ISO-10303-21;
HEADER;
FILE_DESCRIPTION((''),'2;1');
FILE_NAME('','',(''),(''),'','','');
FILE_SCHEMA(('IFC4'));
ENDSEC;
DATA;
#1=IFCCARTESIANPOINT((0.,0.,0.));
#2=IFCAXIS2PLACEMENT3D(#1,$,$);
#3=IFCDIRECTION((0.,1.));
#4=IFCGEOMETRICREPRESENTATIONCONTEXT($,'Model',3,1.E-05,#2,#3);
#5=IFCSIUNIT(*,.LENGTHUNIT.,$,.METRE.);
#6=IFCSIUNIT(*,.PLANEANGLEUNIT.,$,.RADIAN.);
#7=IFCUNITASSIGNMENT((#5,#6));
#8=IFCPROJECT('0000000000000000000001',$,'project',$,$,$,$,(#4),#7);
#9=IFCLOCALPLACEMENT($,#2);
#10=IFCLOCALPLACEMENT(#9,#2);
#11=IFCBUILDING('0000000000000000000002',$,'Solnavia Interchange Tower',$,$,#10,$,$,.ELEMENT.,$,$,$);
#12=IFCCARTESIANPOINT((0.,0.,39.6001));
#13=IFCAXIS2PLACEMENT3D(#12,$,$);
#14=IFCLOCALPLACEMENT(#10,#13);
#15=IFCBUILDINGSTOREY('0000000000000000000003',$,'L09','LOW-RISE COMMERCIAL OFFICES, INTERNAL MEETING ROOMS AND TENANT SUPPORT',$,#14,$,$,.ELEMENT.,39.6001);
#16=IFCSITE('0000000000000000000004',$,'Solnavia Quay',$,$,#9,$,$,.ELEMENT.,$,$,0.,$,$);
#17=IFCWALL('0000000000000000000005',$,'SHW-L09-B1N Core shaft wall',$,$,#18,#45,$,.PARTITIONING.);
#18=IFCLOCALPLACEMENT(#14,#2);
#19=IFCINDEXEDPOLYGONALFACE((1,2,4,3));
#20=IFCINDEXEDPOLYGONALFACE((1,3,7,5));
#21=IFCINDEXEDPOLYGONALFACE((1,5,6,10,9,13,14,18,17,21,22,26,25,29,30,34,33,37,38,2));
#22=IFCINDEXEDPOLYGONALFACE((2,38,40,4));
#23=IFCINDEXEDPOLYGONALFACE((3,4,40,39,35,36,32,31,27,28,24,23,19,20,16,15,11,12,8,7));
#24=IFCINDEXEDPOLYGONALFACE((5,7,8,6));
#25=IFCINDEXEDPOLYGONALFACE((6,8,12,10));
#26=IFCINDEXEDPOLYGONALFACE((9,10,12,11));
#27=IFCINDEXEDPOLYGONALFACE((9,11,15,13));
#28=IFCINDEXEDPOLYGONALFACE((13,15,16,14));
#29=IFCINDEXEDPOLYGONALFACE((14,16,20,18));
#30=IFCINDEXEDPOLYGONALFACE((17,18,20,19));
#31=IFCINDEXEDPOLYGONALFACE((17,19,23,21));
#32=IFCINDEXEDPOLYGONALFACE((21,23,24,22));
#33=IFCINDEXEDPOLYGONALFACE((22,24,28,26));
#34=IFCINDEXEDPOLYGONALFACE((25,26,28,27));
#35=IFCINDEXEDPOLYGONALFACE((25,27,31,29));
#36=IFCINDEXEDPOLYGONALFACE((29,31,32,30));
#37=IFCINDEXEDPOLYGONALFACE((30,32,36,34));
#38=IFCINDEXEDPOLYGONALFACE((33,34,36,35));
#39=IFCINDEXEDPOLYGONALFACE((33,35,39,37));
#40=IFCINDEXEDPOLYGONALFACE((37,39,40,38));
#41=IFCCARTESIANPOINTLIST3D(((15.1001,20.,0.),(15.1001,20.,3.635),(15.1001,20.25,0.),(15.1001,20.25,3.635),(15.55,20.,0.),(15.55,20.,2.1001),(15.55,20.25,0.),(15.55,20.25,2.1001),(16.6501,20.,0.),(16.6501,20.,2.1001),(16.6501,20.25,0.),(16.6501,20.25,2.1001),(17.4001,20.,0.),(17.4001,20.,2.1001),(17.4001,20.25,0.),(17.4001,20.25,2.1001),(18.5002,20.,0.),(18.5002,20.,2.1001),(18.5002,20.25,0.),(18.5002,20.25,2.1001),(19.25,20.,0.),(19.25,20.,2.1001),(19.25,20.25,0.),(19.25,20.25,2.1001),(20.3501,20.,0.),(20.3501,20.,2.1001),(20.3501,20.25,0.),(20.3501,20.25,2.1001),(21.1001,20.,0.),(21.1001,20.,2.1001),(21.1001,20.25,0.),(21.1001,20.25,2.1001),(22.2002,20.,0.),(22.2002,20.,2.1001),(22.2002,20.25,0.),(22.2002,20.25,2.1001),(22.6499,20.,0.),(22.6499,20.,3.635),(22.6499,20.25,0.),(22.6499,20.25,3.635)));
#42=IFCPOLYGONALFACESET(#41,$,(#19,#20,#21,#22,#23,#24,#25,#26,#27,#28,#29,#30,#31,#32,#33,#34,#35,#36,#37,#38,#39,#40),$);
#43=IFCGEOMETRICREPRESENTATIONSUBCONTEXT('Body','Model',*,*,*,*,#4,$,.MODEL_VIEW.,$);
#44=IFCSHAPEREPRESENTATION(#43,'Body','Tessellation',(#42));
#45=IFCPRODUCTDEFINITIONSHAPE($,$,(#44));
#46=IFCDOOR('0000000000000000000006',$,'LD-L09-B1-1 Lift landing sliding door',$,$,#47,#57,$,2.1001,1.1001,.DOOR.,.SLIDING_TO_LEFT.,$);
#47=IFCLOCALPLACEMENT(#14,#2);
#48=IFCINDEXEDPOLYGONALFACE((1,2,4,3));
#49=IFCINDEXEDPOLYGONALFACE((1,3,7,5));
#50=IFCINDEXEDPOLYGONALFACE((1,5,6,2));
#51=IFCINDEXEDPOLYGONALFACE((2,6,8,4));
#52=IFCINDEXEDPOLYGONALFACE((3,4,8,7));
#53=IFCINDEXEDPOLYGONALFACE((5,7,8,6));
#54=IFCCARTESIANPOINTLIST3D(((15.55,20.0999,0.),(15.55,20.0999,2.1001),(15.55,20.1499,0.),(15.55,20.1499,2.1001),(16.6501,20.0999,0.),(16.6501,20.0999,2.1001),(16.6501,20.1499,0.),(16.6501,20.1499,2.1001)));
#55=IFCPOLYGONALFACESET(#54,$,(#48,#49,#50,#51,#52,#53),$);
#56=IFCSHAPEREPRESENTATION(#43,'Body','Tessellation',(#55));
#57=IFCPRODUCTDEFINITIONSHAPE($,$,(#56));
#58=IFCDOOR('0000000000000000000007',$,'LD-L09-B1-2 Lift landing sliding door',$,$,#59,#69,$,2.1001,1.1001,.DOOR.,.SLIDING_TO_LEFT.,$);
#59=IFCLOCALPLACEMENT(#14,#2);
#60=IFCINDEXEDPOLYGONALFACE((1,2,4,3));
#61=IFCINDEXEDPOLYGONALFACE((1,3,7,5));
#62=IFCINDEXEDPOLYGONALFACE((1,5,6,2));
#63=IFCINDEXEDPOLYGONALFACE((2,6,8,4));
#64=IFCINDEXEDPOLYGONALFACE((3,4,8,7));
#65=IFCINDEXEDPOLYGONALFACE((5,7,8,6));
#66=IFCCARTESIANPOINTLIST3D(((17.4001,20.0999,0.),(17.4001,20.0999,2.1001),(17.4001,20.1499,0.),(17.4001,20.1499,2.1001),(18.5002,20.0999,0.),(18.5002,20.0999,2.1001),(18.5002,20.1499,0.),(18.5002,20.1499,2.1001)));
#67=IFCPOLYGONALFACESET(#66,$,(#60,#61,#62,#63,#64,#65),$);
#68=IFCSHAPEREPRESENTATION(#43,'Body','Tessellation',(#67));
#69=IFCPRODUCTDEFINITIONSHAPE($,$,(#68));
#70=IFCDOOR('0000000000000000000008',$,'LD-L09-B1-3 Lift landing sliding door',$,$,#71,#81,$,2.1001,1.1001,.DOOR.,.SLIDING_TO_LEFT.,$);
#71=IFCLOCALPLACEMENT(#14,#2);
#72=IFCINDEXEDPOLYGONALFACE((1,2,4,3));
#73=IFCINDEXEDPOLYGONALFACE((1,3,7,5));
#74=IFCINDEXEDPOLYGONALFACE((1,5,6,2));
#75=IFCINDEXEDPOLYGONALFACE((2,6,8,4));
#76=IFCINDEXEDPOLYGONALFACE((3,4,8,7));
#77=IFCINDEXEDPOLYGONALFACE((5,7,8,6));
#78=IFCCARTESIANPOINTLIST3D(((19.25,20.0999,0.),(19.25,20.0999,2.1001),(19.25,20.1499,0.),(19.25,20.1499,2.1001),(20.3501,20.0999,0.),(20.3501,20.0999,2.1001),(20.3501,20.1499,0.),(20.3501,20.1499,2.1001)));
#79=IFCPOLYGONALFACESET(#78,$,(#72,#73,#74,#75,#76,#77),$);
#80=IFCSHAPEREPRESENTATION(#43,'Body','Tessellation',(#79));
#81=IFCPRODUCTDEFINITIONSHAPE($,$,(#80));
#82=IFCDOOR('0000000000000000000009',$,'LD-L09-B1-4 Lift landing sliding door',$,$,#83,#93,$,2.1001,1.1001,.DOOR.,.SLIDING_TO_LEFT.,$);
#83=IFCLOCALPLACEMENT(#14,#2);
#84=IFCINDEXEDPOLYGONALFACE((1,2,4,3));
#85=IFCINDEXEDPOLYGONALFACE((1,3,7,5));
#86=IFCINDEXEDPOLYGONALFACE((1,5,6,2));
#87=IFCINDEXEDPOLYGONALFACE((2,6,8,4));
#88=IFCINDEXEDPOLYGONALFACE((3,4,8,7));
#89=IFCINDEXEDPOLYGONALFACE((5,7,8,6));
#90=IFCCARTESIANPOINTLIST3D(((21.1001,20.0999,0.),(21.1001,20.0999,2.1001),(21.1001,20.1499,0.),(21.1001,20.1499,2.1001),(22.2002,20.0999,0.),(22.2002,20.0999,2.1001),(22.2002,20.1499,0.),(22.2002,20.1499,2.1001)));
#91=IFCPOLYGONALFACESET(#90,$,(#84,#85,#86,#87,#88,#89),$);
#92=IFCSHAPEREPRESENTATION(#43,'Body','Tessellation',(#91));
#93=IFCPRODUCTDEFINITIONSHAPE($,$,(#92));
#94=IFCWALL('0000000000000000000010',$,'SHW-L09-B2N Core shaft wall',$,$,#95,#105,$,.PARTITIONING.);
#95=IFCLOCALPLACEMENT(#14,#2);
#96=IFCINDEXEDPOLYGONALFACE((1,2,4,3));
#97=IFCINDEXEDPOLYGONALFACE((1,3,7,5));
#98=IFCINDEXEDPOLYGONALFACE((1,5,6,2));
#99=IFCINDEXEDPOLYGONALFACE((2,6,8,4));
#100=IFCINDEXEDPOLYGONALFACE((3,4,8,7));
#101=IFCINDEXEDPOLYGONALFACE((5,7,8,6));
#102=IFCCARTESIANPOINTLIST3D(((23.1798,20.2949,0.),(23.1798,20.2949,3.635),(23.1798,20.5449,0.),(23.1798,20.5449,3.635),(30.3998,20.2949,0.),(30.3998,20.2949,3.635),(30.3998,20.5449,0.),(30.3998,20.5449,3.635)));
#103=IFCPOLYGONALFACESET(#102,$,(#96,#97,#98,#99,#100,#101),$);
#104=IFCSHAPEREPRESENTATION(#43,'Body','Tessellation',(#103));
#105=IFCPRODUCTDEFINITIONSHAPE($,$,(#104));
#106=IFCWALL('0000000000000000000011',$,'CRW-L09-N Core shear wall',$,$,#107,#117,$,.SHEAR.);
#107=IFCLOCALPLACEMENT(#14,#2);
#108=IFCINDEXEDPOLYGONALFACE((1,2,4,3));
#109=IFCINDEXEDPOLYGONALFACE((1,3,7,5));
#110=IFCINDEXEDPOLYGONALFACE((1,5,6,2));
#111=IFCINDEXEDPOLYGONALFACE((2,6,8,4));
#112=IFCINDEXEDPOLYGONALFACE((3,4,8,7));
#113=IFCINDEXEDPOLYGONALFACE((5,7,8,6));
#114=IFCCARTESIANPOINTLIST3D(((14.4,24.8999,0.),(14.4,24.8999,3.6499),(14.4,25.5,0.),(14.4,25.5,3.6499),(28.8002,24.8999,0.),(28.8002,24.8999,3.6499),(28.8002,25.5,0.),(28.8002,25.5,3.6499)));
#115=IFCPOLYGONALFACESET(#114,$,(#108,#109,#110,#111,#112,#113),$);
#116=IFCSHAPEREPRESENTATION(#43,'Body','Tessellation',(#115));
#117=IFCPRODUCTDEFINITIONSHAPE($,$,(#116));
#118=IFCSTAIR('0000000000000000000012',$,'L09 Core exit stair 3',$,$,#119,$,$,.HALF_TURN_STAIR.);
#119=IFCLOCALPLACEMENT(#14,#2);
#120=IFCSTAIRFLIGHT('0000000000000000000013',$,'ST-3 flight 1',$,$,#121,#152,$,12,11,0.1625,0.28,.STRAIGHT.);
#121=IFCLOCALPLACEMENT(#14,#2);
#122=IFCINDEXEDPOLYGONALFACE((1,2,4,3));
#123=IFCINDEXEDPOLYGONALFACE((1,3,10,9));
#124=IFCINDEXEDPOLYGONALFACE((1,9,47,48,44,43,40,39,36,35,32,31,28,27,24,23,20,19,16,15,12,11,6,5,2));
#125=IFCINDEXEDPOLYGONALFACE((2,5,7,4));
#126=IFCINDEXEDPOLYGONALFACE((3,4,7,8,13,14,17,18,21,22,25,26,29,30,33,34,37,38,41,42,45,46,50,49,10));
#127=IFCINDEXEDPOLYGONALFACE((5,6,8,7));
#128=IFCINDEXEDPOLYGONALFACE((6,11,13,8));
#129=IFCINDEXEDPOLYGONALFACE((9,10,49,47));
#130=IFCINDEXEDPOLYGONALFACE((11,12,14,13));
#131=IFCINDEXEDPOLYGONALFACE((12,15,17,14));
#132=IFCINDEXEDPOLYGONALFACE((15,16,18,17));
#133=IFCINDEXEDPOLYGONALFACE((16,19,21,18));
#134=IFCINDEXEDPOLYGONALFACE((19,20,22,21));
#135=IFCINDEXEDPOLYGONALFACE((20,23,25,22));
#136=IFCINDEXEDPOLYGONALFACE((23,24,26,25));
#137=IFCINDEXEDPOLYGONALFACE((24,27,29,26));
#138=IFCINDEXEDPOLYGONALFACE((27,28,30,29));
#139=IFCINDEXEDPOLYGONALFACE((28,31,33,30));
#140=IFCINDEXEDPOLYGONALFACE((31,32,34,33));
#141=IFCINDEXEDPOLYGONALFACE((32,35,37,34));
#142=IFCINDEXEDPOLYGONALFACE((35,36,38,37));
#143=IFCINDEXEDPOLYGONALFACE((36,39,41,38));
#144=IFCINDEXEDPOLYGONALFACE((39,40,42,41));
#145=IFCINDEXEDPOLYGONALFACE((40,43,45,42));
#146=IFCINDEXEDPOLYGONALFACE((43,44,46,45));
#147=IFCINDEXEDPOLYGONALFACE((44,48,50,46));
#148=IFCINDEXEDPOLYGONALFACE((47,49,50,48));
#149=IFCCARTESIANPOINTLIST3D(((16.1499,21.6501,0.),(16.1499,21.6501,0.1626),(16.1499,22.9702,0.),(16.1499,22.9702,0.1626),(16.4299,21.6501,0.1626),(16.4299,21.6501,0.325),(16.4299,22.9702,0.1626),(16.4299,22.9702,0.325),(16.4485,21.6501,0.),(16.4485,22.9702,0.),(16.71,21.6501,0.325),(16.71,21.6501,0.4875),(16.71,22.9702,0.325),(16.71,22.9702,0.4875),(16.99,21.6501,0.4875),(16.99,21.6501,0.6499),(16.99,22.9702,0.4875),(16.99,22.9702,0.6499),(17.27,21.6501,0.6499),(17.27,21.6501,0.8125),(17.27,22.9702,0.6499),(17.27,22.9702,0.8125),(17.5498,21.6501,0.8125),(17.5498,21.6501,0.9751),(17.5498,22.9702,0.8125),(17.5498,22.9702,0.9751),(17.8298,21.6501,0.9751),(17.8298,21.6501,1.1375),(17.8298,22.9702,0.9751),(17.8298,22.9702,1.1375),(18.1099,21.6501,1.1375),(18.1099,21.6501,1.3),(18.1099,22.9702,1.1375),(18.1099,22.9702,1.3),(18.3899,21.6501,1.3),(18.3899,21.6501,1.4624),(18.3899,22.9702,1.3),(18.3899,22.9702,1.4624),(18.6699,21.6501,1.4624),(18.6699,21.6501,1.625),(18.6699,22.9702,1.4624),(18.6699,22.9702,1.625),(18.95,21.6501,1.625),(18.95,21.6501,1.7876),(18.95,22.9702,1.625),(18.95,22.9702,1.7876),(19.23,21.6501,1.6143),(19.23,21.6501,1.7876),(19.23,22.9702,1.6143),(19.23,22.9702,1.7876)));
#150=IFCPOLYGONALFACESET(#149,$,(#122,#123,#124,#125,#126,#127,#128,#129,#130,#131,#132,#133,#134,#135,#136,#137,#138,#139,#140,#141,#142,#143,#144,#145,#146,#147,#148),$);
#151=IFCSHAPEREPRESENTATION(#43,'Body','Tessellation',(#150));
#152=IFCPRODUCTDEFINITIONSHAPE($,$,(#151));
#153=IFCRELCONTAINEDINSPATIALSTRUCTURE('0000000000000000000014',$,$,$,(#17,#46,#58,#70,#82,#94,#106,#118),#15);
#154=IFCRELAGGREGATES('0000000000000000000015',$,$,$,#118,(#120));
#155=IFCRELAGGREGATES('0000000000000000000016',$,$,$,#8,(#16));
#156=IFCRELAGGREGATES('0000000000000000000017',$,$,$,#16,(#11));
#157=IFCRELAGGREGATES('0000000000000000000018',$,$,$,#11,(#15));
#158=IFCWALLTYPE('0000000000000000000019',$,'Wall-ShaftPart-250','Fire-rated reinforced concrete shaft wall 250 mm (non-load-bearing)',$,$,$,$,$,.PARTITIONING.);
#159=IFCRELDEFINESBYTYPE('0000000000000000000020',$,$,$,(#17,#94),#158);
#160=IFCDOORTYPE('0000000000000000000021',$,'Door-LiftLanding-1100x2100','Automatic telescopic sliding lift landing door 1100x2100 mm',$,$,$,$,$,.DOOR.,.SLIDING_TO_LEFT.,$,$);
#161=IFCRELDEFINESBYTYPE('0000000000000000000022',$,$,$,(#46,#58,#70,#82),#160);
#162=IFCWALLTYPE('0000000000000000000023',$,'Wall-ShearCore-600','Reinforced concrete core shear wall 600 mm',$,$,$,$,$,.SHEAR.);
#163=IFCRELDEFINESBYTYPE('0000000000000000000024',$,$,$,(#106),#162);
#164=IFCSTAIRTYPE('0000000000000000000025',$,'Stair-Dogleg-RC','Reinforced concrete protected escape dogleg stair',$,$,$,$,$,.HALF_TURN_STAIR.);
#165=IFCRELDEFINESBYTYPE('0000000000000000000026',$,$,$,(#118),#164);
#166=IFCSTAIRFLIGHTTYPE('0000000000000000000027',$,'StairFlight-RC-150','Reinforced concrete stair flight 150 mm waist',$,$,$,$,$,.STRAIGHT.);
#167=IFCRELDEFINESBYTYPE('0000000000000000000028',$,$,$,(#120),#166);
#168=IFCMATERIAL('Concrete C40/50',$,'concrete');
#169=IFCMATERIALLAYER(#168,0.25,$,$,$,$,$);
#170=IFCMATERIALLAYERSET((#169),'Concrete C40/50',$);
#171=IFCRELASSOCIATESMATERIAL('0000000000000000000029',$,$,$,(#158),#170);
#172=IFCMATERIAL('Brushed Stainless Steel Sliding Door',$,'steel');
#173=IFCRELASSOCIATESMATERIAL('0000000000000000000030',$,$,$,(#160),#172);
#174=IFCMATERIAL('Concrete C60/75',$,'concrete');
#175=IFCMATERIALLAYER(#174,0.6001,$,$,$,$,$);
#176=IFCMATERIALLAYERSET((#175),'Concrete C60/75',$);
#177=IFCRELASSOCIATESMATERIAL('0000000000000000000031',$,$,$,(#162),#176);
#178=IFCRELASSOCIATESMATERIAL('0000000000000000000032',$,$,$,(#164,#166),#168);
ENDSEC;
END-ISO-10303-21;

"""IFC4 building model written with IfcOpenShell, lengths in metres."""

from ifc_helpers import new_model, si_unit, direction, frame, frame_2d, origin, place, context, subcontext, project, spatial, polyline, rectangle, outline, extrude, material, layer, layer_set, type_object, element, fill, aggregate, save


model = new_model("IFC4")

# Units and contexts
model_context = context("Model", 3, precision=1e-05, world=origin(), true_north=direction((0.0, 1.0)))
body_context = subcontext(model_context, "Body", "Model", "MODEL_VIEW")
ifc_project = project(units=[si_unit("LENGTHUNIT", "METRE"), si_unit("PLANEANGLEUNIT", "RADIAN")], contexts=[model_context])

# Site, building, storey
site_placement = place(None, origin())
site = spatial("IfcSite", under=ifc_project, at=site_placement, Name="Solnavia Quay", CompositionType="ELEMENT", RefElevation=0.0)
building_placement = place(site_placement, origin())
building = spatial("IfcBuilding", under=site, at=building_placement, Name="Solnavia Interchange Tower", CompositionType="ELEMENT")
storey_placement = place(building_placement, frame((0.0, 0.0, 39.6001)))
storey = spatial("IfcBuildingStorey", under=building, at=storey_placement, Name="L09", Description="LOW-RISE COMMERCIAL OFFICES, INTERNAL MEETING ROOMS AND TENANT SUPPORT", CompositionType="ELEMENT", Elevation=39.6001)

# Shared definitions
ifc_material_1 = material(Name="Concrete C40/50", Category="concrete")

# Wall, openings, doors
ifc_layer_1 = layer(ifc_material_1, 0.25)
ifc_layer_set_1 = layer_set([ifc_layer_1], Name="Concrete C40/50")
wall_type_1 = type_object("IfcWallType", Name="Wall-ShaftPart-250", Description="Fire-rated reinforced concrete shaft wall 250 mm (non-load-bearing)", PredefinedType="PARTITIONING", material=ifc_layer_set_1)
wall_1_placement = place(storey_placement, frame((15.1001, 20.125, 0.0), z_axis=(0.0, 0.0, 1.0), x_axis=(1.0, 0.0, 0.0)))
wall_1 = element("IfcWall", 1, at=wall_1_placement, inside=storey, type_object=wall_type_1, Name="SHW-L09-B1N Core shaft wall", PredefinedType="PARTITIONING", context=body_context, shape_type="SweptSolid", body=[
    extrude(rectangle(XDim=7.5498, YDim=0.25, at=frame_2d((3.7749, 0.0))), origin(), (0.0, 0.0, 1.0), 3.635),
])
opening_1_placement = place(wall_1_placement, frame((0.45, 0.0, 0.0)))
opening_1 = element("IfcOpeningElement", 2, at=opening_1_placement, cuts=wall_1, PredefinedType="OPENING", context=body_context, shape_type="SweptSolid", body=[
    extrude(rectangle(XDim=1.1001, YDim=2.1001, at=frame_2d((0.55, 1.05))), frame((0.0, 0.135, 0.0), z_axis=(0.0, -1.0, 0.0), x_axis=(1.0, 0.0, 0.0)), (0.0, 0.0, 1.0), 0.27),
])
opening_2_placement = place(wall_1_placement, frame((2.3, 0.0, 0.0)))
opening_2 = element("IfcOpeningElement", 3, at=opening_2_placement, cuts=wall_1, PredefinedType="OPENING", context=body_context, shape_type="SweptSolid", body=[
    extrude(rectangle(XDim=1.1001, YDim=2.1001, at=frame_2d((0.55, 1.05))), frame((0.0, 0.135, 0.0), z_axis=(0.0, -1.0, 0.0), x_axis=(1.0, 0.0, 0.0)), (0.0, 0.0, 1.0), 0.27),
])
opening_3_placement = place(wall_1_placement, frame((4.1499, 0.0, 0.0)))
opening_3 = element("IfcOpeningElement", 4, at=opening_3_placement, cuts=wall_1, PredefinedType="OPENING", context=body_context, shape_type="SweptSolid", body=[
    extrude(rectangle(XDim=1.1001, YDim=2.1001, at=frame_2d((0.55, 1.05))), frame((0.0, 0.135, 0.0), z_axis=(0.0, -1.0, 0.0), x_axis=(1.0, 0.0, 0.0)), (0.0, 0.0, 1.0), 0.27),
])
opening_4_placement = place(wall_1_placement, frame((6.0, 0.0, 0.0)))
opening_4 = element("IfcOpeningElement", 5, at=opening_4_placement, cuts=wall_1, PredefinedType="OPENING", context=body_context, shape_type="SweptSolid", body=[
    extrude(rectangle(XDim=1.1001, YDim=2.1001, at=frame_2d((0.55, 1.05))), frame((0.0, 0.135, 0.0), z_axis=(0.0, -1.0, 0.0), x_axis=(1.0, 0.0, 0.0)), (0.0, 0.0, 1.0), 0.27),
])
ifc_material_2 = material(Name="Brushed Stainless Steel Sliding Door", Category="steel")
door_type_1 = type_object("IfcDoorType", Name="Door-LiftLanding-1100x2100", Description="Automatic telescopic sliding lift landing door 1100x2100 mm", OperationType="SLIDING_TO_LEFT", PredefinedType="DOOR", material=ifc_material_2)
door_1_placement = place(opening_1_placement, origin())
door_1 = element("IfcDoor", 6, at=door_1_placement, inside=storey, type_object=door_type_1, Name="LD-L09-B1-1 Lift landing sliding door", OperationType="SLIDING_TO_LEFT", OverallHeight=2.1001, OverallWidth=1.1001, PredefinedType="DOOR", context=body_context, shape_type="SweptSolid", body=[
    extrude(rectangle(XDim=1.1001, YDim=2.1001, at=frame_2d((0.55, 1.05))), frame((0.0, 0.0249, 0.0), z_axis=(0.0, -1.0, 0.0), x_axis=(1.0, 0.0, 0.0)), (0.0, 0.0, 1.0), 0.05),
])
fill(opening_1, door_1)
door_2_placement = place(opening_2_placement, origin())
door_2 = element("IfcDoor", 7, at=door_2_placement, inside=storey, type_object=door_type_1, Name="LD-L09-B1-2 Lift landing sliding door", OperationType="SLIDING_TO_LEFT", OverallHeight=2.1001, OverallWidth=1.1001, PredefinedType="DOOR", context=body_context, shape_type="SweptSolid", body=[
    extrude(rectangle(XDim=1.1001, YDim=2.1001, at=frame_2d((0.55, 1.05))), frame((0.0, 0.0249, 0.0), z_axis=(0.0, -1.0, 0.0), x_axis=(1.0, 0.0, 0.0)), (0.0, 0.0, 1.0), 0.05),
])
fill(opening_2, door_2)
door_3_placement = place(opening_3_placement, origin())
door_3 = element("IfcDoor", 8, at=door_3_placement, inside=storey, type_object=door_type_1, Name="LD-L09-B1-3 Lift landing sliding door", OperationType="SLIDING_TO_LEFT", OverallHeight=2.1001, OverallWidth=1.1001, PredefinedType="DOOR", context=body_context, shape_type="SweptSolid", body=[
    extrude(rectangle(XDim=1.1001, YDim=2.1001, at=frame_2d((0.55, 1.05))), frame((0.0, 0.0249, 0.0), z_axis=(0.0, -1.0, 0.0), x_axis=(1.0, 0.0, 0.0)), (0.0, 0.0, 1.0), 0.05),
])
fill(opening_3, door_3)
door_4_placement = place(opening_4_placement, origin())
door_4 = element("IfcDoor", 9, at=door_4_placement, inside=storey, type_object=door_type_1, Name="LD-L09-B1-4 Lift landing sliding door", OperationType="SLIDING_TO_LEFT", OverallHeight=2.1001, OverallWidth=1.1001, PredefinedType="DOOR", context=body_context, shape_type="SweptSolid", body=[
    extrude(rectangle(XDim=1.1001, YDim=2.1001, at=frame_2d((0.55, 1.05))), frame((0.0, 0.0249, 0.0), z_axis=(0.0, -1.0, 0.0), x_axis=(1.0, 0.0, 0.0)), (0.0, 0.0, 1.0), 0.05),
])
fill(opening_4, door_4)

# Walls
wall_2_placement = place(storey_placement, frame((23.1799, 20.4199, 0.0), z_axis=(0.0, 0.0, 1.0), x_axis=(1.0, 0.0, 0.0)))
element("IfcWall", 10, at=wall_2_placement, inside=storey, type_object=wall_type_1, Name="SHW-L09-B2N Core shaft wall", PredefinedType="PARTITIONING", context=body_context, shape_type="SweptSolid", body=[
    extrude(rectangle(XDim=7.22, YDim=0.25, at=frame_2d((3.6099, 0.0))), origin(), (0.0, 0.0, 1.0), 3.635),
])
ifc_material_3 = material(Name="Concrete C60/75", Category="concrete")
ifc_layer_2 = layer(ifc_material_3, 0.6001)
ifc_layer_set_2 = layer_set([ifc_layer_2], Name="Concrete C60/75")
wall_type_2 = type_object("IfcWallType", Name="Wall-ShearCore-600", Description="Reinforced concrete core shear wall 600 mm", PredefinedType="SHEAR", material=ifc_layer_set_2)
wall_3_placement = place(storey_placement, frame((14.3999, 25.2, 0.0), z_axis=(0.0, 0.0, 1.0), x_axis=(1.0, 0.0, 0.0)))
element("IfcWall", 11, at=wall_3_placement, inside=storey, type_object=wall_type_2, Name="CRW-L09-N Core shear wall", PredefinedType="SHEAR", context=body_context, shape_type="SweptSolid", body=[
    extrude(rectangle(XDim=14.4001, YDim=0.6001, at=frame_2d((7.2002, 0.0))), origin(), (0.0, 0.0, 1.0), 3.6499),
])

# Stair, stair flight
stair_type = type_object("IfcStairType", Name="Stair-Dogleg-RC", Description="Reinforced concrete protected escape dogleg stair", PredefinedType="HALF_TURN_STAIR", material=ifc_material_1)
stair_placement = place(storey_placement, origin())
stair = element("IfcStair", 12, at=stair_placement, inside=storey, type_object=stair_type, Name="L09 Core exit stair 3", PredefinedType="HALF_TURN_STAIR")
stair_flight_type = type_object("IfcStairFlightType", Name="StairFlight-RC-150", Description="Reinforced concrete stair flight 150 mm waist", PredefinedType="STRAIGHT", material=ifc_material_1)
stair_flight_1_placement = place(storey_placement, frame((16.1499, 22.3101, 0.0), z_axis=(0.0, 0.0, 1.0), x_axis=(1.0, 0.0, 0.0)))
stair_flight_1 = element("IfcStairFlight", 13, at=stair_flight_1_placement, type_object=stair_flight_type, Name="ST-3 flight 1", NumberOfRisers=12, NumberOfTreads=11, PredefinedType="STRAIGHT", RiserHeight=0.1625, TreadLength=0.28, context=body_context, shape_type="SweptSolid", body=[
    extrude(outline(polyline([(0.0, 0.0), (0.0, 0.1626), (0.28, 0.1626), (0.28, 0.325), (0.5601, 0.325), (0.5601, 0.4875), (0.8401, 0.4875), (0.8401, 0.6499), (1.1201, 0.6499), (1.1201, 0.8125), (1.3999, 0.8125), (1.3999, 0.9751), (1.6799, 0.9751), (1.6799, 1.1375), (1.96, 1.1375), (1.96, 1.3), (2.24, 1.3), (2.24, 1.4624), (2.52, 1.4624), (2.52, 1.625), (2.8, 1.625), (2.8, 1.7876), (3.0801, 1.7876), (3.0801, 1.95), (3.0801, 1.6143), (0.2986, 0.0), (0.0, 0.0)])), frame((0.0, 0.6602, 0.0), z_axis=(0.0, -1.0, 0.0), x_axis=(1.0, 0.0, 0.0)), (0.0, 0.0, 1.0), 1.3201),
])
aggregate(stair, [stair_flight_1])

save(model, "model.ifc")
